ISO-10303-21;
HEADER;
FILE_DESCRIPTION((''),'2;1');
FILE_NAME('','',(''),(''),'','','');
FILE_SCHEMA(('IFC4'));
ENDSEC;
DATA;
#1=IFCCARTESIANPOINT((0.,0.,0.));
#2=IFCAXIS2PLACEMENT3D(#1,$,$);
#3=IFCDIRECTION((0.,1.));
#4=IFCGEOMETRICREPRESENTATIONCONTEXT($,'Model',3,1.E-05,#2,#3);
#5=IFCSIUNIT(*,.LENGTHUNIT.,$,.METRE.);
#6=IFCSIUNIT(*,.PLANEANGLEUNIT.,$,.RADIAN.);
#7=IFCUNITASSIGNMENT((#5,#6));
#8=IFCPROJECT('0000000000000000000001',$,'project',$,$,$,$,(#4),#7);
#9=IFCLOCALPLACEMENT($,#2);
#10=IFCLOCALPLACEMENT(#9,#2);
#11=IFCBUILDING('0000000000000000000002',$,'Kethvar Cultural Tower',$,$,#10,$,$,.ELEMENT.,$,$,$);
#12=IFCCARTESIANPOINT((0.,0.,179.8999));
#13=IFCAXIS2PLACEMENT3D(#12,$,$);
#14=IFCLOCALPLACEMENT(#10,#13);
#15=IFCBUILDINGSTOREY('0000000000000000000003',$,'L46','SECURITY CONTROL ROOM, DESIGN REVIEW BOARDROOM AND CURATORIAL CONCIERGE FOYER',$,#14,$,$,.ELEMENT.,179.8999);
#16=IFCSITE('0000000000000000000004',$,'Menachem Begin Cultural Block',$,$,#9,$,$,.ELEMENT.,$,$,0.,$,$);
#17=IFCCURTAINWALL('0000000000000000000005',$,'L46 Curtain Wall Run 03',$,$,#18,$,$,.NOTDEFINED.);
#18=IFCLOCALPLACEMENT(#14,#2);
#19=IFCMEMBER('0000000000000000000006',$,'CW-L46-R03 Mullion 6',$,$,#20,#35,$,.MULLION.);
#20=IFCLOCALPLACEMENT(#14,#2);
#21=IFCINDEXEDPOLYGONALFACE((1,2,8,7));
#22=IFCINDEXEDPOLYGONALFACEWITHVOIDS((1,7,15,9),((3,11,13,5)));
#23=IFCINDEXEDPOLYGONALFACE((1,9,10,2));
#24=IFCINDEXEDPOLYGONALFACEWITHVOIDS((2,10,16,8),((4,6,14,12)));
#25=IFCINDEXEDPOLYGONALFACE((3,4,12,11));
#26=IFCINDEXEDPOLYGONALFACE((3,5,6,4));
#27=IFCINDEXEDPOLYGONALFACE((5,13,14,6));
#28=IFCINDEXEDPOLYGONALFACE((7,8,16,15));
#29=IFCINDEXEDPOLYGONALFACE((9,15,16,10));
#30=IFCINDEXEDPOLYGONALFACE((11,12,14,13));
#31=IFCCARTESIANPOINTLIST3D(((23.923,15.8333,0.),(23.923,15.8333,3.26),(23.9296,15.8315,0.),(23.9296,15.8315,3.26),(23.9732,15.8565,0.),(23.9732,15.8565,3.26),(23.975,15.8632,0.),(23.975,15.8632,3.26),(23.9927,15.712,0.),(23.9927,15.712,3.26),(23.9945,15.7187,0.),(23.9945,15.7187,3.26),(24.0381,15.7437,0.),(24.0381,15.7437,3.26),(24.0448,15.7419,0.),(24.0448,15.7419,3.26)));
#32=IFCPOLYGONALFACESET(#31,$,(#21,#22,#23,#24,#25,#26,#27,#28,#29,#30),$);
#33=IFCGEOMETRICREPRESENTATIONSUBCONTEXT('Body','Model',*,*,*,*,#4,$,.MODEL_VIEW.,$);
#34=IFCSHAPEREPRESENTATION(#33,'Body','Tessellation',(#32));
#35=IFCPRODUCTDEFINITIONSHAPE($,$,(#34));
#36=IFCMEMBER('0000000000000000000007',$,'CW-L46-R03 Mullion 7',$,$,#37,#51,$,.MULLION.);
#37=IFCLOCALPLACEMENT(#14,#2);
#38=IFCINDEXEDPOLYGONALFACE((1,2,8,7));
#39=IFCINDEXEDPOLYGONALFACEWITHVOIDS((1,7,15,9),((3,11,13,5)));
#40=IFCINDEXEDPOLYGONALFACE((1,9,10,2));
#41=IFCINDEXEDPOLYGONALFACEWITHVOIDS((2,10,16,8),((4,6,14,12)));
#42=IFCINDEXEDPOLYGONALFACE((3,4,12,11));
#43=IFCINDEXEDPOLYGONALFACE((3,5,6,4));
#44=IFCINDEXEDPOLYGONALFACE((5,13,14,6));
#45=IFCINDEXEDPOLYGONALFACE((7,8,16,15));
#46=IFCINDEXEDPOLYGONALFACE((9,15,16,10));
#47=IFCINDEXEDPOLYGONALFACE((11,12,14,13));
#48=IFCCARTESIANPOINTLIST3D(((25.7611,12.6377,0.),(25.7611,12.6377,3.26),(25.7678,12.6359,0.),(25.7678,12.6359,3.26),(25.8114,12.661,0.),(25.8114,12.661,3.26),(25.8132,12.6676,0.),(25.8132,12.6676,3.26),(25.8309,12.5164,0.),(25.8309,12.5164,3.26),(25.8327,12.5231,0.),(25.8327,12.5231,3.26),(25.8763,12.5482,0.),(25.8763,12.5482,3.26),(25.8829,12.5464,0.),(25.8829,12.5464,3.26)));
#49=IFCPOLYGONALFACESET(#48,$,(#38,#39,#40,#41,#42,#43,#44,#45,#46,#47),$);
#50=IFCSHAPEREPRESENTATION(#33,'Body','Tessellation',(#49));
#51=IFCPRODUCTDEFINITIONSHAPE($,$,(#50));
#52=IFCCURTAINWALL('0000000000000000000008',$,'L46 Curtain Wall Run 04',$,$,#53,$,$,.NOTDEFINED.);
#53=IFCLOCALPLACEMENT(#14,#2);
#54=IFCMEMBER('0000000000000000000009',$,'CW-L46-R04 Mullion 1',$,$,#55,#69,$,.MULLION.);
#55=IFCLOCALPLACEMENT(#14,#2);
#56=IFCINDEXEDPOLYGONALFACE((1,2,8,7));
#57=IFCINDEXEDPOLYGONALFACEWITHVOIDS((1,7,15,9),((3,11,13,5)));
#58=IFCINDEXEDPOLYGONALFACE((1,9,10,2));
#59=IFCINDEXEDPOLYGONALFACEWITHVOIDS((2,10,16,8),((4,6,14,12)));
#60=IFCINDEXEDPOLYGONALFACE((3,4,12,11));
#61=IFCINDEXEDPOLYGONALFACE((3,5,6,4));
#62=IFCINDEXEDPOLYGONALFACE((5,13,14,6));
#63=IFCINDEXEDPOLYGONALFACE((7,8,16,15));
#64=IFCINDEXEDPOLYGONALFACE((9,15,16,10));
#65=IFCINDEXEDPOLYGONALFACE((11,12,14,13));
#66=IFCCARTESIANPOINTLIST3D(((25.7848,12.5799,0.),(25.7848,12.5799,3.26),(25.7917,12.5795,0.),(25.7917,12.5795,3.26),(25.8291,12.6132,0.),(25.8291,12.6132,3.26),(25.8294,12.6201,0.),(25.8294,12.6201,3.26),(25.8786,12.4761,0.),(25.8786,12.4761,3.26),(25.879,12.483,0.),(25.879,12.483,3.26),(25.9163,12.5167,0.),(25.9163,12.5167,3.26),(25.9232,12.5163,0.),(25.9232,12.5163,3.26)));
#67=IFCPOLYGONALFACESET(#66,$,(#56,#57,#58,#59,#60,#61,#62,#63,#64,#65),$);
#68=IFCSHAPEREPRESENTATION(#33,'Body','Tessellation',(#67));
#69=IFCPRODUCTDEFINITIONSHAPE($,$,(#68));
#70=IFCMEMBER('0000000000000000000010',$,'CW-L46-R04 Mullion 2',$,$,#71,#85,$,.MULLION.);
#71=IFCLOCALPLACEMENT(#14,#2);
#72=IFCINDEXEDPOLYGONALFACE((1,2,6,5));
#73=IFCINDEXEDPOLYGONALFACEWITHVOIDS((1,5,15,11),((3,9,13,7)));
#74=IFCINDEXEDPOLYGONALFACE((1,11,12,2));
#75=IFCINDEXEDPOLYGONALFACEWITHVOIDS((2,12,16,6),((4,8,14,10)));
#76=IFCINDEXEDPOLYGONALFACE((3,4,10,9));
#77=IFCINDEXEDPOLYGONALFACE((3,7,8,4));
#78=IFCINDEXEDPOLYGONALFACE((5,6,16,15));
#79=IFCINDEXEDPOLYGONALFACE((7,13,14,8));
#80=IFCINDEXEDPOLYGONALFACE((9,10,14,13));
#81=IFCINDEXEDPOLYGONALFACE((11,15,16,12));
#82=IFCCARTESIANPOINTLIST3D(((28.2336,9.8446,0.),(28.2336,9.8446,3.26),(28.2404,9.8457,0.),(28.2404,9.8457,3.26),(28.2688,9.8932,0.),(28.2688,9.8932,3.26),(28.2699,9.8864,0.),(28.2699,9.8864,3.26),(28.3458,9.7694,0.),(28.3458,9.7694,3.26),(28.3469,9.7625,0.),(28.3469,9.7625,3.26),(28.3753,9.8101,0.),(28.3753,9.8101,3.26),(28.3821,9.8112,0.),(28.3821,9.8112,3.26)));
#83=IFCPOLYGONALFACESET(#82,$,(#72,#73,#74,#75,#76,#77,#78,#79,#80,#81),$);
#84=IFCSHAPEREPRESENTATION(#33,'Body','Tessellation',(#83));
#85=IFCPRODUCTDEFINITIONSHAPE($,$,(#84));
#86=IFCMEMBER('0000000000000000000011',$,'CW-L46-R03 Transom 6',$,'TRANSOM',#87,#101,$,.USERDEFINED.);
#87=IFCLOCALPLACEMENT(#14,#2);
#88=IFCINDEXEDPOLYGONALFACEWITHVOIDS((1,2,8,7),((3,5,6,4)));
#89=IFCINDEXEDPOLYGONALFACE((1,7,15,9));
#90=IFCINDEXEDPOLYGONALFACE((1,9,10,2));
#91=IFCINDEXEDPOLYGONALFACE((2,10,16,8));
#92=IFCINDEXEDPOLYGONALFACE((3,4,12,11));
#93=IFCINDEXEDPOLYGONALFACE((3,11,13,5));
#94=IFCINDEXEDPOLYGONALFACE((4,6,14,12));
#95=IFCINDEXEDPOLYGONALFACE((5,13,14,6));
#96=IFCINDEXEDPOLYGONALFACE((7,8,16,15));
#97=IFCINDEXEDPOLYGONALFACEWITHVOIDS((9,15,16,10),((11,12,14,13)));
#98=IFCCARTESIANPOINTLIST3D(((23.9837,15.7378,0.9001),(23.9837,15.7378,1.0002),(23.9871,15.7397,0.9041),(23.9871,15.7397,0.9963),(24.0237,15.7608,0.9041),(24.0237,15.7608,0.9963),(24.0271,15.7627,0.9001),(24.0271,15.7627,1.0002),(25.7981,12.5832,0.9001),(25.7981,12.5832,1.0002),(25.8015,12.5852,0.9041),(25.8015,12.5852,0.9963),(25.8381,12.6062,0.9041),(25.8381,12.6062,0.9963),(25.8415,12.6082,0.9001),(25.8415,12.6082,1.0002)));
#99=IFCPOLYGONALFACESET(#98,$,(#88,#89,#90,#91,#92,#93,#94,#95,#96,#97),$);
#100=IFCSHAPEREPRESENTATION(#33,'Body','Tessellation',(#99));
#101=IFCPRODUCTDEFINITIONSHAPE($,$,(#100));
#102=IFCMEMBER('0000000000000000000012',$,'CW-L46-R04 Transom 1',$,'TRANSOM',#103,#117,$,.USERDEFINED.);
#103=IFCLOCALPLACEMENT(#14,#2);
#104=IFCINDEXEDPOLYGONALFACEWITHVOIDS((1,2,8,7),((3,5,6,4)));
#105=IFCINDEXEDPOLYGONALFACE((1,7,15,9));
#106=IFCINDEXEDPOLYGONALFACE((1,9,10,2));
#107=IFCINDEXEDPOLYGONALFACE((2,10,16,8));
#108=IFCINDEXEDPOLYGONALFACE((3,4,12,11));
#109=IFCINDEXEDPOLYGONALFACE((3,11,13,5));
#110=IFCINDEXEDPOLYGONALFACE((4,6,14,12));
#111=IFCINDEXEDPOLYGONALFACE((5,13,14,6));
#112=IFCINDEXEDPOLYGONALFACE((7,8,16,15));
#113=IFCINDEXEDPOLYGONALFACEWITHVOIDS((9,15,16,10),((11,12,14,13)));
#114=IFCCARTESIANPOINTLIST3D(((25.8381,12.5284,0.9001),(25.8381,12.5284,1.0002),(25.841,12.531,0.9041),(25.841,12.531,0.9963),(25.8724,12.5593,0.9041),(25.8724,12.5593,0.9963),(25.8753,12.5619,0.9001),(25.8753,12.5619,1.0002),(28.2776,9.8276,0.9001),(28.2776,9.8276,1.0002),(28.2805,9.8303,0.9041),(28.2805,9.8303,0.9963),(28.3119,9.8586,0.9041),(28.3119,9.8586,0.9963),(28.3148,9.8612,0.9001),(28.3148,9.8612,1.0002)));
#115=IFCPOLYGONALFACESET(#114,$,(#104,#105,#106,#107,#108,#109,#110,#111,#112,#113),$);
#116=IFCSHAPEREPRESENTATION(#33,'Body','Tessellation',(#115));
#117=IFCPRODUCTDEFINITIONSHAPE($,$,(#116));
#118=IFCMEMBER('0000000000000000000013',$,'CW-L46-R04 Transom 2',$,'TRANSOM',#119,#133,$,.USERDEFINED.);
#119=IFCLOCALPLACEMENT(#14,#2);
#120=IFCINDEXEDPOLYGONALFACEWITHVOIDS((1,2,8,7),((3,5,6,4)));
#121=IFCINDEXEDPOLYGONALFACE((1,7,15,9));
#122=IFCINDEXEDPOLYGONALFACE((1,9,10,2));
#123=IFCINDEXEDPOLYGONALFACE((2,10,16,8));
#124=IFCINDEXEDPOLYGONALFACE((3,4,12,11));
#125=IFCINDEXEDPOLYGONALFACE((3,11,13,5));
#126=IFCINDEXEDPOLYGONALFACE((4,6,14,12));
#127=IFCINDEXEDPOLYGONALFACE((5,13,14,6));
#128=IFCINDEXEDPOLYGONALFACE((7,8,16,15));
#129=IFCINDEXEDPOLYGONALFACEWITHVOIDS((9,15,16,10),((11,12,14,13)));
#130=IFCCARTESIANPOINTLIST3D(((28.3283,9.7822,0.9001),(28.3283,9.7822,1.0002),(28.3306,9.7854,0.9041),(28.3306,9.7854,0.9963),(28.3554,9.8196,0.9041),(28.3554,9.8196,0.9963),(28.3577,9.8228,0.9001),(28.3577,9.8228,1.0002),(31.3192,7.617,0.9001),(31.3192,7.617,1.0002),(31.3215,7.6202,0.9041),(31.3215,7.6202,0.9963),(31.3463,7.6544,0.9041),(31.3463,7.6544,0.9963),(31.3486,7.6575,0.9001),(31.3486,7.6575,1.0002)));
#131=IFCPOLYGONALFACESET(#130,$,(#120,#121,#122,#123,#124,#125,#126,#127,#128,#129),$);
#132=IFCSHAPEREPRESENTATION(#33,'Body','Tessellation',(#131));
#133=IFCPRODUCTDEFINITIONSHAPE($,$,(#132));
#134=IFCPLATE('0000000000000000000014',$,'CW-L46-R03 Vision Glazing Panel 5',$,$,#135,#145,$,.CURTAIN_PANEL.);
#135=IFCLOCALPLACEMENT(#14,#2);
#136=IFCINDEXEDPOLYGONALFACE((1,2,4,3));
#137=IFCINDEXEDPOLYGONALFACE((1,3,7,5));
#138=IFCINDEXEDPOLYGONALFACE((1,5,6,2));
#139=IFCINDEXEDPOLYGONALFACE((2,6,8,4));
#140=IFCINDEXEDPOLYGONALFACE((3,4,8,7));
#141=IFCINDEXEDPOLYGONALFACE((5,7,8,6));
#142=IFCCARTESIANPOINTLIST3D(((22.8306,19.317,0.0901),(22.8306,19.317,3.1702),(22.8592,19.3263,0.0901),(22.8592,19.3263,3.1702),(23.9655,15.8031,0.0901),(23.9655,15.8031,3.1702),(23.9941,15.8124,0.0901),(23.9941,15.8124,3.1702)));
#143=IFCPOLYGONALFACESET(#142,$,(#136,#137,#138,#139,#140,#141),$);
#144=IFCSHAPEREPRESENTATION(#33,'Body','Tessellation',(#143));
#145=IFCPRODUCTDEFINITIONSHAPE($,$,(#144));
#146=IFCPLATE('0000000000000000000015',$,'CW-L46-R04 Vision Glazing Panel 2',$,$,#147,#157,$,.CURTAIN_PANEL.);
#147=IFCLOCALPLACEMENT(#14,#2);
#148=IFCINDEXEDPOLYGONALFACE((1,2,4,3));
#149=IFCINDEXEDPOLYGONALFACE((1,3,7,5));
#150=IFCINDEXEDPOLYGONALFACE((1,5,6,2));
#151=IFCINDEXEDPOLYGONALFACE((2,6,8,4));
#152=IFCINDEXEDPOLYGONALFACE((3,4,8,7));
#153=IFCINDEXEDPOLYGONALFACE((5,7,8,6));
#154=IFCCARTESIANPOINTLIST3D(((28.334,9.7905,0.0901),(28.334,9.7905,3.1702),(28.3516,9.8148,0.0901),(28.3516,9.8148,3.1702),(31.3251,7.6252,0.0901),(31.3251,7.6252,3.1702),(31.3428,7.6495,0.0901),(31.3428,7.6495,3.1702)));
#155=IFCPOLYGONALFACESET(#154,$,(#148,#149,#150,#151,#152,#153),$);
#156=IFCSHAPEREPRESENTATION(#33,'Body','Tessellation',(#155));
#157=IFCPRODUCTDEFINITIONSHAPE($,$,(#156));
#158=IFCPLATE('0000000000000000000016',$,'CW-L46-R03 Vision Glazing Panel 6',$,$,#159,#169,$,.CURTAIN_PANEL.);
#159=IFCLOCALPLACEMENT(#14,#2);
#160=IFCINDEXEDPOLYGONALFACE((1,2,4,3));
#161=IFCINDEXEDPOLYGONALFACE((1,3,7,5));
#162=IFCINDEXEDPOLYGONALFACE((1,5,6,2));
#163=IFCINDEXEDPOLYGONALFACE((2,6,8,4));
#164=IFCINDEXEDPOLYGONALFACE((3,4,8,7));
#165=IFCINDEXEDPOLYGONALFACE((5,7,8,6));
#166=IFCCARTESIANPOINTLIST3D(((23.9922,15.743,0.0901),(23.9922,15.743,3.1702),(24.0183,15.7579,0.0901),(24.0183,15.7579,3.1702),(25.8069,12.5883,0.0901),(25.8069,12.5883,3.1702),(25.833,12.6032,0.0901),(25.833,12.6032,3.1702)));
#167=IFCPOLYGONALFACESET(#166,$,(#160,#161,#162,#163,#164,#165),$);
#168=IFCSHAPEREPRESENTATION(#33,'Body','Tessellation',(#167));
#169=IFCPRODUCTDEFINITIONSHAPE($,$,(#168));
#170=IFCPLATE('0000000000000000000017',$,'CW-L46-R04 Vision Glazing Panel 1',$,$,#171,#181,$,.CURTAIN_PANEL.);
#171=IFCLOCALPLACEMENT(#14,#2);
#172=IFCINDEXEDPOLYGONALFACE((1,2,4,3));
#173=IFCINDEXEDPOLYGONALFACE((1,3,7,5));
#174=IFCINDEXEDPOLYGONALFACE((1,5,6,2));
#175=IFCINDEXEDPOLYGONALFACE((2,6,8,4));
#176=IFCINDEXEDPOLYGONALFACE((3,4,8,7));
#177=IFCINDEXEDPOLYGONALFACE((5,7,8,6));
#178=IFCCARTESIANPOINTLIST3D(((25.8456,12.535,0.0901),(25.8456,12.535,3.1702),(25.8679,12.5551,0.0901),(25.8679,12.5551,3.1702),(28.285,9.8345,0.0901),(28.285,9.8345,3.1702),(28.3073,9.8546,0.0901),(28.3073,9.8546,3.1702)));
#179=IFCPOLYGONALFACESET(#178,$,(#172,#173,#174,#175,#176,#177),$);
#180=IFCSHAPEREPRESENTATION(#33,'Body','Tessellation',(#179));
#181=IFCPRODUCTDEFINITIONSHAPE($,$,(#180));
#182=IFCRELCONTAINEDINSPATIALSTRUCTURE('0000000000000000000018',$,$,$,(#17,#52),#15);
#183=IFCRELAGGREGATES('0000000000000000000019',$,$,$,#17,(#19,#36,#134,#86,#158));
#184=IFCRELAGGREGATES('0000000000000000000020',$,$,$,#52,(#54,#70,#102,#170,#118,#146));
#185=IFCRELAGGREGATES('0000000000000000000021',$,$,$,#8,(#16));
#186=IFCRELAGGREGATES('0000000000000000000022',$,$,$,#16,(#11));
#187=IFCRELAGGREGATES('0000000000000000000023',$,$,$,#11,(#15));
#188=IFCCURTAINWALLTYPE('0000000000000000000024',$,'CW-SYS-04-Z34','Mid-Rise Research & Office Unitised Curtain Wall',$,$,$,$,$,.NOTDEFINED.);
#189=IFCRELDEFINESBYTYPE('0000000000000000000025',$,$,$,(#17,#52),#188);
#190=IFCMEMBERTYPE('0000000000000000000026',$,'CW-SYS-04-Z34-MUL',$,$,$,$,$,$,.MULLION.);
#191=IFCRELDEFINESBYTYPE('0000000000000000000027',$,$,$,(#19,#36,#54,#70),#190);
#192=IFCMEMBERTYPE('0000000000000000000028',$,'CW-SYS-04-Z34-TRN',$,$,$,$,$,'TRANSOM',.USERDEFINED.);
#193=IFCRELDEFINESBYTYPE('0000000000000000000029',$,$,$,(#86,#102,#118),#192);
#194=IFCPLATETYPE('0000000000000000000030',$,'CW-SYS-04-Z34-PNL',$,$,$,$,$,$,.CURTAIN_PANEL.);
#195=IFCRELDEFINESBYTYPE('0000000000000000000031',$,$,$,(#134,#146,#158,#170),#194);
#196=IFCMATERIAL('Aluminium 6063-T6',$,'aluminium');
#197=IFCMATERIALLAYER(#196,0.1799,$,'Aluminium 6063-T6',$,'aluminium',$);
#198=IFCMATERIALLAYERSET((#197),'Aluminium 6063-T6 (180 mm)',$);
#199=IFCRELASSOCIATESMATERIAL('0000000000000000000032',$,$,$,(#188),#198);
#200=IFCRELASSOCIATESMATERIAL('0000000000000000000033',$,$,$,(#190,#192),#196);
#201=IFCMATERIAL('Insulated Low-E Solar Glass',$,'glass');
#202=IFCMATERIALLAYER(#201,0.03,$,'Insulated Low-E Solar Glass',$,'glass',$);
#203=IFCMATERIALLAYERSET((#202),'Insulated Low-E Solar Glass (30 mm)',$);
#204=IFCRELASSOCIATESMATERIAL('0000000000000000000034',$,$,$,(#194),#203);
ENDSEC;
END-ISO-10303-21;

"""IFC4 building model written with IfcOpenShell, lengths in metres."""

from ifc_helpers import new_model, si_unit, direction, frame, origin, origin_2d, place, context, subcontext, project, spatial, rectangle, hollow_rectangle, extrude, source, transform, mapped, material, layer, layer_set, material_profile, profile_set, type_object, element, aggregate, save


model = new_model("IFC4")

# Units and contexts
model_context = context("Model", 3, precision=1e-05, world=origin(), true_north=direction((0.0, 1.0)))
body_context = subcontext(model_context, "Body", "Model", "MODEL_VIEW")
ifc_project = project(units=[si_unit("LENGTHUNIT", "METRE"), si_unit("PLANEANGLEUNIT", "RADIAN")], contexts=[model_context])

# Site, building, storey
site_placement = place(None, origin())
site = spatial("IfcSite", under=ifc_project, at=site_placement, Name="Menachem Begin Cultural Block", CompositionType="ELEMENT", RefElevation=0.0)
building_placement = place(site_placement, origin())
building = spatial("IfcBuilding", under=site, at=building_placement, Name="Kethvar Cultural Tower", CompositionType="ELEMENT")
storey_placement = place(building_placement, frame((0.0, 0.0, 179.8999)))
storey = spatial("IfcBuildingStorey", under=building, at=storey_placement, Name="L46", Description="SECURITY CONTROL ROOM, DESIGN REVIEW BOARDROOM AND CURATORIAL CONCIERGE FOYER", CompositionType="ELEMENT", Elevation=179.8999)

# Curtain walls, members
ifc_material_1 = material(Name="Aluminium 6063-T6", Category="aluminium")
ifc_layer_1 = layer(ifc_material_1, 0.1799, Name="Aluminium 6063-T6", Category="aluminium")
ifc_layer_set_1 = layer_set([ifc_layer_1], Name="Aluminium 6063-T6 (180 mm)")
curtain_wall_type = type_object("IfcCurtainWallType", Name="CW-SYS-04-Z34", Description="Mid-Rise Research & Office Unitised Curtain Wall", PredefinedType="NOTDEFINED", material=ifc_layer_set_1)
curtain_wall_1_placement = place(storey_placement, origin())
curtain_wall_1 = element("IfcCurtainWall", 1, at=curtain_wall_1_placement, inside=storey, type_object=curtain_wall_type, Name="L46 Curtain Wall Run 03", PredefinedType="NOTDEFINED")
ifc_material_profile_1 = material_profile(ifc_material_1, hollow_rectangle(XDim=0.0601, YDim=0.1399, WallThickness=0.0049, at=origin_2d()), Name="Aluminium 6063-T6 — RHS140x60x5")
ifc_profile_set_1 = profile_set([ifc_material_profile_1], Name="Aluminium 6063-T6 — RHS140x60x5")
member_type_1 = type_object("IfcMemberType", Name="CW-SYS-04-Z34-MUL", PredefinedType="MULLION", material=ifc_profile_set_1)
shared_shape_1 = source(origin(), body_context, "Body", "SweptSolid", [
    extrude(hollow_rectangle(XDim=0.0601, YDim=0.1399, WallThickness=0.0049, at=origin_2d()), origin(), (0.0, 0.0, 1.0), 3.26),
])
member_1_placement = place(storey_placement, frame((23.9839, 15.7876, 0.0), z_axis=(0.0, 0.0, 1.0), x_axis=(0.866818, 0.498624, 0.0)))
member_1 = element("IfcMember", 2, at=member_1_placement, type_object=member_type_1, Name="CW-L46-R03 Mullion 6", PredefinedType="MULLION", context=body_context, shape_type="MappedRepresentation", body=[
    mapped(shared_shape_1, transform((0.0, 0.0, 0.0), scale=1.0)),
])
member_2_placement = place(storey_placement, frame((25.822, 12.592, 0.0), z_axis=(0.0, 0.0, 1.0), x_axis=(0.866818, 0.498624, 0.0)))
member_2 = element("IfcMember", 3, at=member_2_placement, type_object=member_type_1, Name="CW-L46-R03 Mullion 7", PredefinedType="MULLION", context=body_context, shape_type="MappedRepresentation", body=[
    mapped(shared_shape_1, transform((0.0, 0.0, 0.0), scale=1.0)),
])
curtain_wall_2_placement = place(storey_placement, origin())
curtain_wall_2 = element("IfcCurtainWall", 4, at=curtain_wall_2_placement, inside=storey, type_object=curtain_wall_type, Name="L46 Curtain Wall Run 04", PredefinedType="NOTDEFINED")
member_3_placement = place(storey_placement, frame((25.854, 12.5481, 0.0), z_axis=(0.0, 0.0, 1.0), x_axis=(0.742069, 0.670323, 0.0)))
member_3 = element("IfcMember", 5, at=member_3_placement, type_object=member_type_1, Name="CW-L46-R04 Mullion 1", PredefinedType="MULLION", context=body_context, shape_type="MappedRepresentation", body=[
    mapped(shared_shape_1, transform((0.0, 0.0, 0.0), scale=1.0)),
])
member_4_placement = place(storey_placement, frame((28.3079, 9.8279, 0.0), z_axis=(0.0, 0.0, 1.0), x_axis=(0.586386, 0.810031, 0.0)))
member_4 = element("IfcMember", 6, at=member_4_placement, type_object=member_type_1, Name="CW-L46-R04 Mullion 2", PredefinedType="MULLION", context=body_context, shape_type="MappedRepresentation", body=[
    mapped(shared_shape_1, transform((0.0, 0.0, 0.0), scale=1.0)),
])

# Members
ifc_material_profile_2 = material_profile(ifc_material_1, hollow_rectangle(XDim=0.05, YDim=0.1001, WallThickness=0.0039, at=origin_2d()), Name="Aluminium 6063-T6 — RHS100x50x4")
ifc_profile_set_2 = profile_set([ifc_material_profile_2], Name="Aluminium 6063-T6 — RHS100x50x4")
member_type_2 = type_object("IfcMemberType", Name="CW-SYS-04-Z34-TRN", ElementType="TRANSOM", PredefinedType="USERDEFINED", material=ifc_profile_set_2)
shared_shape_2 = source(origin(), body_context, "Body", "SweptSolid", [
    extrude(hollow_rectangle(XDim=0.05, YDim=0.1001, WallThickness=0.0039, at=origin_2d()), origin(), (0.0, 0.0, 1.0), 3.6392),
])
member_5_placement = place(storey_placement, frame((24.0054, 15.7502, 0.9502), z_axis=(0.498593, -0.866836, 0.0), x_axis=(0.866836, 0.498593, 0.0)))
member_5 = element("IfcMember", 7, at=member_5_placement, type_object=member_type_2, Name="CW-L46-R03 Transom 6", ObjectType="TRANSOM", PredefinedType="USERDEFINED", context=body_context, shape_type="MappedRepresentation", body=[
    mapped(shared_shape_2, transform((0.0, 0.0, 0.0), scale=1.0)),
])
shared_shape_3 = source(origin(), body_context, "Body", "SweptSolid", [
    extrude(hollow_rectangle(XDim=0.05, YDim=0.1001, WallThickness=0.0039, at=origin_2d()), origin(), (0.0, 0.0, 1.0), 3.6394),
])
member_6_placement = place(storey_placement, frame((25.8567, 12.5452, 0.9502), z_axis=(0.670305, -0.742085, 0.0), x_axis=(0.742085, 0.670305, 0.0)))
member_6 = element("IfcMember", 8, at=member_6_placement, type_object=member_type_2, Name="CW-L46-R04 Transom 1", ObjectType="TRANSOM", PredefinedType="USERDEFINED", context=body_context, shape_type="MappedRepresentation", body=[
    mapped(shared_shape_3, transform((0.0, 0.0, 0.0), scale=1.0)),
])
shared_shape_4 = source(origin(), body_context, "Body", "SweptSolid", [
    extrude(hollow_rectangle(XDim=0.05, YDim=0.1001, WallThickness=0.0039, at=origin_2d()), origin(), (0.0, 0.0, 1.0), 3.6924),
])
member_7_placement = place(storey_placement, frame((28.343, 9.8025, 0.9502), z_axis=(0.810018, -0.586405, 0.0), x_axis=(0.586405, 0.810018, 0.0)))
member_7 = element("IfcMember", 9, at=member_7_placement, type_object=member_type_2, Name="CW-L46-R04 Transom 2", ObjectType="TRANSOM", PredefinedType="USERDEFINED", context=body_context, shape_type="MappedRepresentation", body=[
    mapped(shared_shape_4, transform((0.0, 0.0, 0.0), scale=1.0)),
])

# Plates
ifc_material_2 = material(Name="Insulated Low-E Solar Glass", Category="glass")
ifc_layer_2 = layer(ifc_material_2, 0.03, Name="Insulated Low-E Solar Glass", Category="glass")
ifc_layer_set_2 = layer_set([ifc_layer_2], Name="Insulated Low-E Solar Glass (30 mm)")
plate_type = type_object("IfcPlateType", Name="CW-SYS-04-Z34-PNL", PredefinedType="CURTAIN_PANEL", material=ifc_layer_set_2)
shared_shape_5 = source(origin(), body_context, "Body", "SweptSolid", [
    extrude(rectangle(XDim=3.6926, YDim=0.03, at=origin_2d()), origin(), (0.0, 0.0, 1.0), 3.0801),
])
plate_1_placement = place(storey_placement, frame((23.4124, 17.5647, 0.0901), z_axis=(0.0, 0.0, 1.0), x_axis=(0.307357, -0.951594, 0.0)))
plate_1 = element("IfcPlate", 10, at=plate_1_placement, type_object=plate_type, Name="CW-L46-R03 Vision Glazing Panel 5", PredefinedType="CURTAIN_PANEL", context=body_context, shape_type="MappedRepresentation", body=[
    mapped(shared_shape_5, transform((0.0, 0.0, 0.0), scale=1.0)),
])
plate_2_placement = place(storey_placement, frame((29.8384, 8.72, 0.0901), z_axis=(0.0, 0.0, 1.0), x_axis=(0.810031, -0.586386, 0.0)))
plate_2 = element("IfcPlate", 11, at=plate_2_placement, type_object=plate_type, Name="CW-L46-R04 Vision Glazing Panel 2", PredefinedType="CURTAIN_PANEL", context=body_context, shape_type="MappedRepresentation", body=[
    mapped(shared_shape_5, transform((0.0, 0.0, 0.0), scale=1.0)),
])
shared_shape_6 = source(origin(), body_context, "Body", "SweptSolid", [
    extrude(rectangle(XDim=3.6394, YDim=0.03, at=origin_2d()), origin(), (0.0, 0.0, 1.0), 3.0801),
])
plate_3_placement = place(storey_placement, frame((24.9126, 14.1731, 0.0901), z_axis=(0.0, 0.0, 1.0), x_axis=(0.498624, -0.866818, 0.0)))
plate_3 = element("IfcPlate", 12, at=plate_3_placement, type_object=plate_type, Name="CW-L46-R03 Vision Glazing Panel 6", PredefinedType="CURTAIN_PANEL", context=body_context, shape_type="MappedRepresentation", body=[
    mapped(shared_shape_6, transform((0.0, 0.0, 0.0), scale=1.0)),
])
aggregate(curtain_wall_1, [member_1, member_2, plate_1, member_5, plate_3])
shared_shape_7 = source(origin(), body_context, "Body", "SweptSolid", [
    extrude(rectangle(XDim=3.6392, YDim=0.03, at=origin_2d()), origin(), (0.0, 0.0, 1.0), 3.0801),
])
plate_4_placement = place(storey_placement, frame((27.0764, 11.1948, 0.0901), z_axis=(0.0, 0.0, 1.0), x_axis=(0.670323, -0.742069, 0.0)))
plate_4 = element("IfcPlate", 13, at=plate_4_placement, type_object=plate_type, Name="CW-L46-R04 Vision Glazing Panel 1", PredefinedType="CURTAIN_PANEL", context=body_context, shape_type="MappedRepresentation", body=[
    mapped(shared_shape_7, transform((0.0, 0.0, 0.0), scale=1.0)),
])
aggregate(curtain_wall_2, [member_3, member_4, member_6, plate_4, member_7, plate_2])

save(model, "model.ifc")
